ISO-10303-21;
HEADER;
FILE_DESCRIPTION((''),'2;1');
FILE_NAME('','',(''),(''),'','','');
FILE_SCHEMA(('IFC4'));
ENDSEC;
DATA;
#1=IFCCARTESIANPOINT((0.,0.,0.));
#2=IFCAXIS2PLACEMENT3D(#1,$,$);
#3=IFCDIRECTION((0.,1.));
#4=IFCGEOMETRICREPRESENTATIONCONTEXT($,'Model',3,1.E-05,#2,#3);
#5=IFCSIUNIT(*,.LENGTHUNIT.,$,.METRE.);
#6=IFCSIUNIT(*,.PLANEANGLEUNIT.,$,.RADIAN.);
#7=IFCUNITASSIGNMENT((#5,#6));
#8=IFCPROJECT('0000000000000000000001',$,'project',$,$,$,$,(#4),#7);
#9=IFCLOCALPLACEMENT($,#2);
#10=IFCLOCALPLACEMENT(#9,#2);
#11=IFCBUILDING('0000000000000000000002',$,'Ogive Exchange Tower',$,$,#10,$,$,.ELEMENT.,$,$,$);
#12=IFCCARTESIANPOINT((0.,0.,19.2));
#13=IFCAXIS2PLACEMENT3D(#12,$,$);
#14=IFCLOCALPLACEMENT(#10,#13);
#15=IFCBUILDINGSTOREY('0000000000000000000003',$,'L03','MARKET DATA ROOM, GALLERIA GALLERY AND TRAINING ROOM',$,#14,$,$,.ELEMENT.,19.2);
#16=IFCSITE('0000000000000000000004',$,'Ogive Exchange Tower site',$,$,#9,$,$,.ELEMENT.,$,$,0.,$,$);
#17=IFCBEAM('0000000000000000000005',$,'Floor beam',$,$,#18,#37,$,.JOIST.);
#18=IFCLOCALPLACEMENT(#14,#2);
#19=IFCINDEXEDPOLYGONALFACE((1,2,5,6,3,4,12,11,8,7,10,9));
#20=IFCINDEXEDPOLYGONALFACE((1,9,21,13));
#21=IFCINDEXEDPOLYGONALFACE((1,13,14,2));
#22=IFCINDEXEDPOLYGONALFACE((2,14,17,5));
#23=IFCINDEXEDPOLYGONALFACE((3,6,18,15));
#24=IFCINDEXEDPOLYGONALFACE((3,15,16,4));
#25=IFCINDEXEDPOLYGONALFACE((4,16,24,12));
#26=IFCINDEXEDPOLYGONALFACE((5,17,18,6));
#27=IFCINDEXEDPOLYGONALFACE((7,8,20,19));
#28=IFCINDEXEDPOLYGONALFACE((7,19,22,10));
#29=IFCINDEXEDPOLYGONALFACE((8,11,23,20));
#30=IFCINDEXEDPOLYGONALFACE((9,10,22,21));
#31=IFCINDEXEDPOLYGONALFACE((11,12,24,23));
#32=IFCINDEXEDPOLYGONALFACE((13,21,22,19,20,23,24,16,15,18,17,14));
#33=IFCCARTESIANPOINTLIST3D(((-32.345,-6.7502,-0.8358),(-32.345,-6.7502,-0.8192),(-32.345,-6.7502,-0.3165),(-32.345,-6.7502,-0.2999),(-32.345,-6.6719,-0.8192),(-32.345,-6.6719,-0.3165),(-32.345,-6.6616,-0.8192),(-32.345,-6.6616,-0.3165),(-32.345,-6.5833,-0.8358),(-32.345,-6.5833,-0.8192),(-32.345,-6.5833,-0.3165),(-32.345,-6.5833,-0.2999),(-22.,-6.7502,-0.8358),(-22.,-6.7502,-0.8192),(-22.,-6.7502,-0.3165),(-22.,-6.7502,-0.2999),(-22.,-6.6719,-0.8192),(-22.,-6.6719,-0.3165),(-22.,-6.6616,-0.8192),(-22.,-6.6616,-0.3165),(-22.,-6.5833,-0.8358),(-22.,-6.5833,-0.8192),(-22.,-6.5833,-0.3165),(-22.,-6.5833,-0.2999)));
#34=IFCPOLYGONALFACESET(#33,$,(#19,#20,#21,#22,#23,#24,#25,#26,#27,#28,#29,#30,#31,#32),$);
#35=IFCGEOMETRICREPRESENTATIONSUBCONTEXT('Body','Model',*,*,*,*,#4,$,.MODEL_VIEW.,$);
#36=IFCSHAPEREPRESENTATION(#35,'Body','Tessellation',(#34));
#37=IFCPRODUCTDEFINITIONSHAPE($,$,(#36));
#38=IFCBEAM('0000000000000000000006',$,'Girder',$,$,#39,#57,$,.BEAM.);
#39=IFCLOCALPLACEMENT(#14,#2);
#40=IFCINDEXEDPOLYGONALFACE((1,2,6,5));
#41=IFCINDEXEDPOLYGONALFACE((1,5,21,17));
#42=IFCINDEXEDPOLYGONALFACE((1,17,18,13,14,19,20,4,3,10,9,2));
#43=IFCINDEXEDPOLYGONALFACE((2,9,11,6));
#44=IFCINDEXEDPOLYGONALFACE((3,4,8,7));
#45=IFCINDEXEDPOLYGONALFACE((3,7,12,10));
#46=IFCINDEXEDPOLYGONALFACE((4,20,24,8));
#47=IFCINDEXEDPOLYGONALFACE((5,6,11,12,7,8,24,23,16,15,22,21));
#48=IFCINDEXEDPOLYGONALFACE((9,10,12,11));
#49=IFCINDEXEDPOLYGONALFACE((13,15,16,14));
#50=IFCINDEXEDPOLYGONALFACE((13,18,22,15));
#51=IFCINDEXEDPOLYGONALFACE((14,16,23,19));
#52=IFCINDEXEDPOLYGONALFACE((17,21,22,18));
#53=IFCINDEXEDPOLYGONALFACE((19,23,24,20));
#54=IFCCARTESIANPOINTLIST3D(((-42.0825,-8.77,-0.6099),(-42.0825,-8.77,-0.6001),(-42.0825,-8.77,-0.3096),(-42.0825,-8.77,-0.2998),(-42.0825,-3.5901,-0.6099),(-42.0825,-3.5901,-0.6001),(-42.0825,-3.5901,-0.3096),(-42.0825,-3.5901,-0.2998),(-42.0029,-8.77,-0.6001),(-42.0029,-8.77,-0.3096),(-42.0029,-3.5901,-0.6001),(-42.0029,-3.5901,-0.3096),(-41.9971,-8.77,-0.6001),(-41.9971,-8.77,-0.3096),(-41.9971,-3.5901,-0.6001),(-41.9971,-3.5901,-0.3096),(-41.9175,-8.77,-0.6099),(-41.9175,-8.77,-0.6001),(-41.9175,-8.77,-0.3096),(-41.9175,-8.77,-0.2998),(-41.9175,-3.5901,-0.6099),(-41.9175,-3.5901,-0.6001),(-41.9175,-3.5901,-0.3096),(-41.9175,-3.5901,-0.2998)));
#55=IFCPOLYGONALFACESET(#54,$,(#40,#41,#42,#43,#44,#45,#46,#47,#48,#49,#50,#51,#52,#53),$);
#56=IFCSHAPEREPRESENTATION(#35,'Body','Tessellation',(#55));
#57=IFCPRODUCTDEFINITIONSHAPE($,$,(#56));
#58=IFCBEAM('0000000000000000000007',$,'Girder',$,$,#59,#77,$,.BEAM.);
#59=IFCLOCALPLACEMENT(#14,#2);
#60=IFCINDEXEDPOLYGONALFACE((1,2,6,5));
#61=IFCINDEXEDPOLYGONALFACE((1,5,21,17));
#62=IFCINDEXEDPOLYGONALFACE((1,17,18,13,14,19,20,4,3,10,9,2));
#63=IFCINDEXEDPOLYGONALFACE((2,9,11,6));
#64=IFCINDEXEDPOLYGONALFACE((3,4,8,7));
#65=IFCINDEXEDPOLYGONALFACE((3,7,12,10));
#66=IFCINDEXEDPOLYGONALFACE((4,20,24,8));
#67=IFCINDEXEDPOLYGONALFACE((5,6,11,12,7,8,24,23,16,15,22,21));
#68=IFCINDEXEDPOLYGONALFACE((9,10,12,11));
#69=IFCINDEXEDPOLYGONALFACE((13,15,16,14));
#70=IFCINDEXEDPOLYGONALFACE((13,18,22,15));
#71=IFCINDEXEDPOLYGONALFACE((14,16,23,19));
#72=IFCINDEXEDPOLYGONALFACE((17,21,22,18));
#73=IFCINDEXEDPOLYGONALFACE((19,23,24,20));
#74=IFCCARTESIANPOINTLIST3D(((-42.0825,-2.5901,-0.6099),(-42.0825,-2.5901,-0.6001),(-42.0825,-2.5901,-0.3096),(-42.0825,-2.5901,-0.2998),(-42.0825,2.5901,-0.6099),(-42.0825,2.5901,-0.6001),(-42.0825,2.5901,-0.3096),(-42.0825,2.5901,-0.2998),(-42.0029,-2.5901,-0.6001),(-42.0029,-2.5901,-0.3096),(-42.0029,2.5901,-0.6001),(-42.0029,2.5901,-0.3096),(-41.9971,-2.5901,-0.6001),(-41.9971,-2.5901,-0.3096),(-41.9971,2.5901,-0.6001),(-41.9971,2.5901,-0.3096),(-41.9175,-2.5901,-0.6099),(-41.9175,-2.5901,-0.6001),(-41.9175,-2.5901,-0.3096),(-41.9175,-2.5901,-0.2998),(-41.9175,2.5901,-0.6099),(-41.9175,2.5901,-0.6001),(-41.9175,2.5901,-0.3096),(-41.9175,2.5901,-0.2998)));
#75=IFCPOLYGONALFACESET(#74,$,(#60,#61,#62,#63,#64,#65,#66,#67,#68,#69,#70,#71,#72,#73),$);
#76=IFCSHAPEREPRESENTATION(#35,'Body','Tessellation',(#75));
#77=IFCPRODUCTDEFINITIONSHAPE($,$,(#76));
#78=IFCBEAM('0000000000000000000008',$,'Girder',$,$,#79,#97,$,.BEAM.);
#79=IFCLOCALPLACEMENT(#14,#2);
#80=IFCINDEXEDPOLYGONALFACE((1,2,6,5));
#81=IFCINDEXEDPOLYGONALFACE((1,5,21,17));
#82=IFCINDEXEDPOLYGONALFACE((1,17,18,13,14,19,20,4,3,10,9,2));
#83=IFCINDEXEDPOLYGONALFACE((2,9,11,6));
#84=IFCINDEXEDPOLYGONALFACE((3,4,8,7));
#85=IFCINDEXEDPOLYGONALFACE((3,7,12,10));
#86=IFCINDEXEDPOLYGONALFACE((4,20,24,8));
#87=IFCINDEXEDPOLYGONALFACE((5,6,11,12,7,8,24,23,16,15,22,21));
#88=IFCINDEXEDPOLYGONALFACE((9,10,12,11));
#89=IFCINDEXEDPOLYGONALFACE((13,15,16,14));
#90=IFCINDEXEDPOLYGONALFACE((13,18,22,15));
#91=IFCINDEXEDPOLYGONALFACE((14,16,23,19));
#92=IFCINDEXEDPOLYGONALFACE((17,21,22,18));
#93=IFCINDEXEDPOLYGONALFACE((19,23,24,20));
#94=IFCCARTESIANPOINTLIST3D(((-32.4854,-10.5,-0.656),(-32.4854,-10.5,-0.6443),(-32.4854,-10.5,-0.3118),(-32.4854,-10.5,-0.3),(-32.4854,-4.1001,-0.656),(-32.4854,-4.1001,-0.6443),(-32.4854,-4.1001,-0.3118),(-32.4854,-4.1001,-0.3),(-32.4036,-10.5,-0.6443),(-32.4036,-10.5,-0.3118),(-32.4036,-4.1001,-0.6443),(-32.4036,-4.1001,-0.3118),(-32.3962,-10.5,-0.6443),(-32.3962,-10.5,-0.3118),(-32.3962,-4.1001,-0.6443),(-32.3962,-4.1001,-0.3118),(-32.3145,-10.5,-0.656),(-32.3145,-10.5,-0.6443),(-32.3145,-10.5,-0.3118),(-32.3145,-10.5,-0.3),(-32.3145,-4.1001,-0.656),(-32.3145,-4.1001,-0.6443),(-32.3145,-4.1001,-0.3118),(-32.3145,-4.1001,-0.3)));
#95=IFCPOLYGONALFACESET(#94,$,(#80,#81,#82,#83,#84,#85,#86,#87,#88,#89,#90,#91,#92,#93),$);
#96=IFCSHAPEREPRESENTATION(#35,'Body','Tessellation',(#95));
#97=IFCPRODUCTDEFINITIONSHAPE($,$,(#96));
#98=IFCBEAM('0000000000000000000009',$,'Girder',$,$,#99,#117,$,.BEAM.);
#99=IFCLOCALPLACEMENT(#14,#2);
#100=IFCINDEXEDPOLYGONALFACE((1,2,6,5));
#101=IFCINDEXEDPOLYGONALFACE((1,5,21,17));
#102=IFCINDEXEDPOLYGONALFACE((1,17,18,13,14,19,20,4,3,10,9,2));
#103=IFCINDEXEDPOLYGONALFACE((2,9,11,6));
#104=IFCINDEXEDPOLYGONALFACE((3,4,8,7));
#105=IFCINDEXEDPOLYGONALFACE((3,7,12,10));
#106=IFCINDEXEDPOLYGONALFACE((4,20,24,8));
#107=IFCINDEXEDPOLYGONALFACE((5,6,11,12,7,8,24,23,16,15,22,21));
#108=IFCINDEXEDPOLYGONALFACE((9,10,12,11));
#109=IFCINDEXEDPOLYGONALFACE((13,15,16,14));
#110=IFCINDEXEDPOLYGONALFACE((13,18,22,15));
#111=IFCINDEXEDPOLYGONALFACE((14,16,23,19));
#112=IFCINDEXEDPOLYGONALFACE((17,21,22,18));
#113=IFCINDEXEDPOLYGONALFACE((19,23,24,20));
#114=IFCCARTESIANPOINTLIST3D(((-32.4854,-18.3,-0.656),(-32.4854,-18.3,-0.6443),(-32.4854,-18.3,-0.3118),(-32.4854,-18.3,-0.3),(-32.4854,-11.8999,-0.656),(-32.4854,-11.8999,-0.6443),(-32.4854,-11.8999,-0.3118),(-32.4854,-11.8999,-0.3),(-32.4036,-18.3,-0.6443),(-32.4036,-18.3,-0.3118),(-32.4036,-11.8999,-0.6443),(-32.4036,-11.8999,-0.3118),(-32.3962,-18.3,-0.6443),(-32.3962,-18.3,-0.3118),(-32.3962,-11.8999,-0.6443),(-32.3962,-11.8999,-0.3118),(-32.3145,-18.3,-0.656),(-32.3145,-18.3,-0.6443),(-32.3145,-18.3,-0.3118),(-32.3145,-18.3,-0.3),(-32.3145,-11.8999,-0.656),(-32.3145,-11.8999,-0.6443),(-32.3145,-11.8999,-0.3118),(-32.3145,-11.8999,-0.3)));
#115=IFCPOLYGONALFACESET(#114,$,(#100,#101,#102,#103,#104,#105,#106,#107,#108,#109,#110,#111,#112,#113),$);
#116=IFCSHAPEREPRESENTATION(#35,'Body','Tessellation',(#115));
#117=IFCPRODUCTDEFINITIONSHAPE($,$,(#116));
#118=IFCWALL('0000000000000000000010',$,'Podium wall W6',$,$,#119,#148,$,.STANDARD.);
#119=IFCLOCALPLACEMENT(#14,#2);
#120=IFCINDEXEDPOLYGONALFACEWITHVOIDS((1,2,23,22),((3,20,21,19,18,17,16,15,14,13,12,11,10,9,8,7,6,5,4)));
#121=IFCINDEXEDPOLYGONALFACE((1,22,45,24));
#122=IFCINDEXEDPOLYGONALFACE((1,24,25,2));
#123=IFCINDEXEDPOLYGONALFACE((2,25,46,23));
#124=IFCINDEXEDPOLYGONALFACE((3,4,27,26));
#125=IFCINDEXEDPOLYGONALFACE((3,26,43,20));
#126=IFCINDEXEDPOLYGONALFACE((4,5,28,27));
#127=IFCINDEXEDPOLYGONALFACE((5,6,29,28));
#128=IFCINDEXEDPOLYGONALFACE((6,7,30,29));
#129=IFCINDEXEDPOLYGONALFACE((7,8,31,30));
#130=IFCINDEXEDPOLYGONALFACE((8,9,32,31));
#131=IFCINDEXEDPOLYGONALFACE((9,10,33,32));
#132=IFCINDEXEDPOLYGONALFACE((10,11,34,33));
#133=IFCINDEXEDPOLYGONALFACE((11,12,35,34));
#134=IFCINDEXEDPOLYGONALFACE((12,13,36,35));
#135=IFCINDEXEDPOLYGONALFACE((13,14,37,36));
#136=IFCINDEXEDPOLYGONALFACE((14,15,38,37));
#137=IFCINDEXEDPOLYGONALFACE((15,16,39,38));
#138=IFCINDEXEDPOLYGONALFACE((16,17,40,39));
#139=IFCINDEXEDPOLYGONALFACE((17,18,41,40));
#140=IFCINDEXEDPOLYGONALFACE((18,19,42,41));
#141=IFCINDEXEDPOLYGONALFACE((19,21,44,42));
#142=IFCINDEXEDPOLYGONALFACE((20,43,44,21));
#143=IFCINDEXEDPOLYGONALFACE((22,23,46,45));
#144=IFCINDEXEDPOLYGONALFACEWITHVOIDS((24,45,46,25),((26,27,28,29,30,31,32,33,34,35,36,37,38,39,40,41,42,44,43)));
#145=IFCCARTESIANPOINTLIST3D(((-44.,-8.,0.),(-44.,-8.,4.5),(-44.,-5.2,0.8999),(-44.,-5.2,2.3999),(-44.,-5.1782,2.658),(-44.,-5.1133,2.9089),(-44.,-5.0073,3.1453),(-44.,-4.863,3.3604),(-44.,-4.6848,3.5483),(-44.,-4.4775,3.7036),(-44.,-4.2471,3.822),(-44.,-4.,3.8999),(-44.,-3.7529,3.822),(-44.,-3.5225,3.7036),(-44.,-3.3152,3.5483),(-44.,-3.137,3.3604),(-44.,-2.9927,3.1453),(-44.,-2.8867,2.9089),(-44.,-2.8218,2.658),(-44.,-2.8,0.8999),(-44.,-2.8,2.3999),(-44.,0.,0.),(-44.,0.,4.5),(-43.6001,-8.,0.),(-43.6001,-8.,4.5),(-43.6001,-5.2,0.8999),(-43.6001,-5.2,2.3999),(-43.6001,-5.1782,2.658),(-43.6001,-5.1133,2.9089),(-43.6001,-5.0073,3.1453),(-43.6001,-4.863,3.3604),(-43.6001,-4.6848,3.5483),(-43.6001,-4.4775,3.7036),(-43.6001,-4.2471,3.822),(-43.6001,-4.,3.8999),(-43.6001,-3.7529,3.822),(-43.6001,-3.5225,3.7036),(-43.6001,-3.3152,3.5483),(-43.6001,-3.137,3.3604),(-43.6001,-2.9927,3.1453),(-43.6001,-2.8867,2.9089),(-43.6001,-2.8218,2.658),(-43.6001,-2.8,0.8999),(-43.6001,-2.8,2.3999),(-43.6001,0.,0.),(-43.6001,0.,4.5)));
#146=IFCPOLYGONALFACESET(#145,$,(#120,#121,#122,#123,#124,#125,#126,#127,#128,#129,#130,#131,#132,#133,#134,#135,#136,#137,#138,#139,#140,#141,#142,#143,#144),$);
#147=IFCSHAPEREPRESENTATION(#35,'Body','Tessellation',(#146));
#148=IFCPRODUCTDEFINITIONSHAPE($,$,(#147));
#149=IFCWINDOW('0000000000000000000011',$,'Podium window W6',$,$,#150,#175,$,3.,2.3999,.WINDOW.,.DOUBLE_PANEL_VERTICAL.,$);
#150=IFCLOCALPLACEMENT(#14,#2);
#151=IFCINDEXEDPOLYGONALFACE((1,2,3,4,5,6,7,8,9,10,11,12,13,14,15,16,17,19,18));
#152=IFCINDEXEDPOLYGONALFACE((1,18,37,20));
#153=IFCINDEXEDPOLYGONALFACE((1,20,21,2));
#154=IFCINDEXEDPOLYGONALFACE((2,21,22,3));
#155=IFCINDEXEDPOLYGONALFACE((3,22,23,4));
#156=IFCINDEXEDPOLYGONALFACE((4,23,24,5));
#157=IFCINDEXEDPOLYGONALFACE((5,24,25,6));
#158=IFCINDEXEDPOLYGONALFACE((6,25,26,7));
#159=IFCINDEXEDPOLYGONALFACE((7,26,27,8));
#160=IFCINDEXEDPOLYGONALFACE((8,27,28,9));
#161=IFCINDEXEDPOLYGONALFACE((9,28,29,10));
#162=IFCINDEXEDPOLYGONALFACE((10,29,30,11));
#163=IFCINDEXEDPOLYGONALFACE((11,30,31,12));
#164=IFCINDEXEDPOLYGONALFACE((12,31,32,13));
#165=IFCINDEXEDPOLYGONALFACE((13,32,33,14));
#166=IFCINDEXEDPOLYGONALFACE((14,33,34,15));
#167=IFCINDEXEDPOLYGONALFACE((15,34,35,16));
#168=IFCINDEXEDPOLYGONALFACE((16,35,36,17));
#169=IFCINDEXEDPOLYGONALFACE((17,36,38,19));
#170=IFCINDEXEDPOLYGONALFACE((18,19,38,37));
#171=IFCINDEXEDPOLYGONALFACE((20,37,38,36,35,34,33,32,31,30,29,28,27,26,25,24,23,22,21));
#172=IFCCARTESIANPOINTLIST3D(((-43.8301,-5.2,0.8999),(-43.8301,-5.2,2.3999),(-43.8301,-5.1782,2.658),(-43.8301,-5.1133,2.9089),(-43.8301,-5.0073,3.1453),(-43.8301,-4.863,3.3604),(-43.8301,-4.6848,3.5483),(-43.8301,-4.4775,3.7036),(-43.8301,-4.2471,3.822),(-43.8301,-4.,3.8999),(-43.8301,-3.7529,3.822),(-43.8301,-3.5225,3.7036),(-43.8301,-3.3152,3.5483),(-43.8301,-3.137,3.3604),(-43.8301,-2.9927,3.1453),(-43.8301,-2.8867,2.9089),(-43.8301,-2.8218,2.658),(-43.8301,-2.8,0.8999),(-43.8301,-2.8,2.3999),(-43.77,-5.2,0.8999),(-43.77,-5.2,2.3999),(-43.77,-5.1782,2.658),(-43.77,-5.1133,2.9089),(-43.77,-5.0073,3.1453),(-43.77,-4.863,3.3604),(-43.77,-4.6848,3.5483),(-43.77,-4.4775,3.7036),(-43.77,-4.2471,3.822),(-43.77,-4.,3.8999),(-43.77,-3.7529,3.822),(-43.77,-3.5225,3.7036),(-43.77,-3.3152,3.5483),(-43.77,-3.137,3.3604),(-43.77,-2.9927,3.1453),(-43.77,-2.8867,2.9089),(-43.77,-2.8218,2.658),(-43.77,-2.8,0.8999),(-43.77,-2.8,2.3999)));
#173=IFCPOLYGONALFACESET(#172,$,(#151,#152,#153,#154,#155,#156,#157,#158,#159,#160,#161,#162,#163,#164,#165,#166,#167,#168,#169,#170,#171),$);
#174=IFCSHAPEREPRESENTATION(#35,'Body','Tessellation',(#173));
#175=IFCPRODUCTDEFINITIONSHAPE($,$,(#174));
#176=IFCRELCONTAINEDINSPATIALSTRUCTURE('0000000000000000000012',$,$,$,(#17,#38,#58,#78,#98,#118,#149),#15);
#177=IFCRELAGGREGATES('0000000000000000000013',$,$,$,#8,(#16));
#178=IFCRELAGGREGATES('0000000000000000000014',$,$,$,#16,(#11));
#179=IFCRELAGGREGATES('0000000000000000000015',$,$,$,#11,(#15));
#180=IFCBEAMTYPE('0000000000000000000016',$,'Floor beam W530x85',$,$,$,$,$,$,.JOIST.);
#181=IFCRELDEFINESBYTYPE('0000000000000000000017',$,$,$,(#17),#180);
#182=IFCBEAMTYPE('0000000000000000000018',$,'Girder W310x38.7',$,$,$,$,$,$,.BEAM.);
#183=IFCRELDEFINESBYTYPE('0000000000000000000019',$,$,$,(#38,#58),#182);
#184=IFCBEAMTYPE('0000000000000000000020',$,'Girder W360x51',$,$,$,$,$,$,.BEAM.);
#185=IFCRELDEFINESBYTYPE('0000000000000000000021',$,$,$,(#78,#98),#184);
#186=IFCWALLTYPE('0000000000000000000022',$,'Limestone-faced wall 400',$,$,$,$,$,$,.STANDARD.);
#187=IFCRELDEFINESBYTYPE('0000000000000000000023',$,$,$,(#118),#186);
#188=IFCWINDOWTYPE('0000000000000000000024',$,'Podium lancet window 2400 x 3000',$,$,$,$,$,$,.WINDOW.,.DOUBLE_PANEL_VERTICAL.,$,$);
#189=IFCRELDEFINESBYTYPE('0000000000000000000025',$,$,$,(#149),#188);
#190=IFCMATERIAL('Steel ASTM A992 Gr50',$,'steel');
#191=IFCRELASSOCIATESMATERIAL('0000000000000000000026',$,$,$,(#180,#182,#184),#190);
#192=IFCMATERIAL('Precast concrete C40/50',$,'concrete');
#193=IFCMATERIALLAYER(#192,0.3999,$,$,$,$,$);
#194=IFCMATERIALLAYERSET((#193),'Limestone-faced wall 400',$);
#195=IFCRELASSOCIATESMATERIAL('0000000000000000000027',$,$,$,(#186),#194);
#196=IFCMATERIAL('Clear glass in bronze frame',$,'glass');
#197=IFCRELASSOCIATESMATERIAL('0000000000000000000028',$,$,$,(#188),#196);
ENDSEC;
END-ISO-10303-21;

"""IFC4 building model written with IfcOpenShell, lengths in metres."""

from ifc_helpers import new_model, si_unit, direction, frame, frame_2d, origin, origin_2d, place, context, subcontext, project, spatial, polyline, rectangle, i_section, outline, extrude, material, layer, layer_set, material_profile, profile_set, type_object, element, fill, save


model = new_model("IFC4")

# Units and contexts
model_context = context("Model", 3, precision=1e-05, world=origin(), true_north=direction((0.0, 1.0)))
body_context = subcontext(model_context, "Body", "Model", "MODEL_VIEW")
ifc_project = project(units=[si_unit("LENGTHUNIT", "METRE"), si_unit("PLANEANGLEUNIT", "RADIAN")], contexts=[model_context])

# Site, building, storey
site_placement = place(None, origin())
site = spatial("IfcSite", under=ifc_project, at=site_placement, Name="Ogive Exchange Tower site", CompositionType="ELEMENT", RefElevation=0.0)
building_placement = place(site_placement, origin())
building = spatial("IfcBuilding", under=site, at=building_placement, Name="Ogive Exchange Tower", CompositionType="ELEMENT")
storey_placement = place(building_placement, frame((0.0, 0.0, 19.2)))
storey = spatial("IfcBuildingStorey", under=building, at=storey_placement, Name="L03", Description="MARKET DATA ROOM, GALLERIA GALLERY AND TRAINING ROOM", CompositionType="ELEMENT", Elevation=19.2)

# Beams
ifc_material_1 = material(Name="Steel ASTM A992 Gr50", Category="steel")
ifc_material_profile_1 = material_profile(ifc_material_1, i_section(OverallWidth=0.167, OverallDepth=0.5359, WebThickness=0.0103, FlangeThickness=0.0166, at=origin_2d()), Name="W530x85")
ifc_profile_set_1 = profile_set([ifc_material_profile_1], Name="Steel ASTM A992 Gr50")
beam_type_1 = type_object("IfcBeamType", Name="Floor beam W530x85", PredefinedType="JOIST", material=ifc_profile_set_1)
beam_1_placement = place(storey_placement, frame((-32.345, -6.6667, -0.5679), z_axis=(1.0, 0.0, 0.0), x_axis=(0.0, 1.0, 0.0)))
element("IfcBeam", 1, at=beam_1_placement, inside=storey, type_object=beam_type_1, Name="Floor beam", PredefinedType="JOIST", context=body_context, shape_type="SweptSolid", body=[
    extrude(i_section(OverallWidth=0.167, OverallDepth=0.5359, WebThickness=0.0103, FlangeThickness=0.0166, at=origin_2d()), origin(), (0.0, 0.0, 1.0), 10.345),
])
ifc_material_profile_2 = material_profile(ifc_material_1, i_section(OverallWidth=0.165, OverallDepth=0.3101, WebThickness=0.0059, FlangeThickness=0.0098, at=origin_2d()), Name="W310x38.7")
ifc_profile_set_2 = profile_set([ifc_material_profile_2], Name="Steel ASTM A992 Gr50")
beam_type_2 = type_object("IfcBeamType", Name="Girder W310x38.7", PredefinedType="BEAM", material=ifc_profile_set_2)
beam_2_placement = place(storey_placement, frame((-42.0, -8.77, -0.4548), z_axis=(0.0, 1.0, 0.0), x_axis=(-1.0, 0.0, 0.0)))
element("IfcBeam", 2, at=beam_2_placement, inside=storey, type_object=beam_type_2, Name="Girder", PredefinedType="BEAM", context=body_context, shape_type="SweptSolid", body=[
    extrude(i_section(OverallWidth=0.165, OverallDepth=0.3101, WebThickness=0.0059, FlangeThickness=0.0098, at=origin_2d()), origin(), (0.0, 0.0, 1.0), 5.1799),
])
beam_3_placement = place(storey_placement, frame((-42.0, -2.5901, -0.4548), z_axis=(0.0, 1.0, 0.0), x_axis=(-1.0, 0.0, 0.0)))
element("IfcBeam", 3, at=beam_3_placement, inside=storey, type_object=beam_type_2, Name="Girder", PredefinedType="BEAM", context=body_context, shape_type="SweptSolid", body=[
    extrude(i_section(OverallWidth=0.165, OverallDepth=0.3101, WebThickness=0.0059, FlangeThickness=0.0098, at=origin_2d()), origin(), (0.0, 0.0, 1.0), 5.1802),
])
ifc_material_profile_3 = material_profile(ifc_material_1, i_section(OverallWidth=0.1709, OverallDepth=0.356, WebThickness=0.0073, FlangeThickness=0.0117, at=origin_2d()), Name="W360x51")
ifc_profile_set_3 = profile_set([ifc_material_profile_3], Name="Steel ASTM A992 Gr50")
beam_type_3 = type_object("IfcBeamType", Name="Girder W360x51", PredefinedType="BEAM", material=ifc_profile_set_3)
beam_4_placement = place(storey_placement, frame((-32.3999, -4.1001, -0.478), z_axis=(0.0, -1.0, 0.0), x_axis=(1.0, 0.0, 0.0)))
element("IfcBeam", 4, at=beam_4_placement, inside=storey, type_object=beam_type_3, Name="Girder", PredefinedType="BEAM", context=body_context, shape_type="SweptSolid", body=[
    extrude(i_section(OverallWidth=0.1709, OverallDepth=0.356, WebThickness=0.0073, FlangeThickness=0.0117, at=origin_2d()), origin(), (0.0, 0.0, 1.0), 6.3999),
])
beam_5_placement = place(storey_placement, frame((-32.3999, -11.8999, -0.478), z_axis=(0.0, -1.0, 0.0), x_axis=(1.0, 0.0, 0.0)))
element("IfcBeam", 5, at=beam_5_placement, inside=storey, type_object=beam_type_3, Name="Girder", PredefinedType="BEAM", context=body_context, shape_type="SweptSolid", body=[
    extrude(i_section(OverallWidth=0.1709, OverallDepth=0.356, WebThickness=0.0073, FlangeThickness=0.0117, at=origin_2d()), origin(), (0.0, 0.0, 1.0), 6.4001),
])

# Wall, opening, window
ifc_material_2 = material(Name="Precast concrete C40/50", Category="concrete")
ifc_layer_1 = layer(ifc_material_2, 0.3999)
ifc_layer_set_1 = layer_set([ifc_layer_1], Name="Limestone-faced wall 400")
wall_type_1 = type_object("IfcWallType", Name="Limestone-faced wall 400", PredefinedType="STANDARD", material=ifc_layer_set_1)
wall_1_placement = place(storey_placement, frame((-43.8, 0.0, 0.0), z_axis=(0.0, 0.0, 1.0), x_axis=(0.0, -1.0, 0.0)))
wall_1 = element("IfcWall", 6, at=wall_1_placement, inside=storey, type_object=wall_type_1, Name="Podium wall W6", PredefinedType="STANDARD", context=body_context, shape_type="SweptSolid", body=[
    extrude(rectangle(XDim=8.0, YDim=0.3999, at=frame_2d((4.0, 0.0))), origin(), (0.0, 0.0, 1.0), 4.5),
])
opening_1_placement = place(wall_1_placement, frame((2.8, 0.0, 0.8999)))
opening_1 = element("IfcOpeningElement", 7, at=opening_1_placement, cuts=wall_1, PredefinedType="OPENING", context=body_context, shape_type="SweptSolid", body=[
    extrude(outline(polyline([(0.0, 0.0), (2.3999, 0.0), (2.3999, 1.5), (2.3782, 1.7581), (2.3132, 2.009), (2.2073, 2.2454), (2.063, 2.4604), (1.8848, 2.6484), (1.6775, 2.8037), (1.447, 2.9221), (1.2, 3.0), (0.9529, 2.9221), (0.7224, 2.8037), (0.5151, 2.6484), (0.3369, 2.4604), (0.1926, 2.2454), (0.0867, 2.009), (0.0217, 1.7581), (0.0, 1.5), (0.0, 0.0)])), frame((0.0, 0.21, 0.0), z_axis=(0.0, -1.0, 0.0), x_axis=(1.0, 0.0, 0.0)), (0.0, 0.0, 1.0), 0.4199),
])
ifc_material_3 = material(Name="Clear glass in bronze frame", Category="glass")
window_type = type_object("IfcWindowType", Name="Podium lancet window 2400 x 3000", PartitioningType="DOUBLE_PANEL_VERTICAL", PredefinedType="WINDOW", material=ifc_material_3)
window_1_placement = place(opening_1_placement, origin())
window_1 = element("IfcWindow", 8, at=window_1_placement, inside=storey, type_object=window_type, Name="Podium window W6", OverallHeight=3.0, OverallWidth=2.3999, PartitioningType="DOUBLE_PANEL_VERTICAL", PredefinedType="WINDOW", context=body_context, shape_type="SweptSolid", body=[
    extrude(outline(polyline([(0.0, 0.0), (2.3999, 0.0), (2.3999, 1.5), (2.3782, 1.7581), (2.3132, 2.009), (2.2073, 2.2454), (2.063, 2.4604), (1.8848, 2.6484), (1.6775, 2.8037), (1.447, 2.9221), (1.2, 3.0), (0.9529, 2.9221), (0.7224, 2.8037), (0.5151, 2.6484), (0.3369, 2.4604), (0.1926, 2.2454), (0.0867, 2.009), (0.0217, 1.7581), (0.0, 1.5), (0.0, 0.0)])), frame((0.0, 0.03, 0.0), z_axis=(0.0, -1.0, 0.0), x_axis=(1.0, 0.0, 0.0)), (0.0, 0.0, 1.0), 0.0601),
])
fill(opening_1, window_1)

save(model, "model.ifc")
